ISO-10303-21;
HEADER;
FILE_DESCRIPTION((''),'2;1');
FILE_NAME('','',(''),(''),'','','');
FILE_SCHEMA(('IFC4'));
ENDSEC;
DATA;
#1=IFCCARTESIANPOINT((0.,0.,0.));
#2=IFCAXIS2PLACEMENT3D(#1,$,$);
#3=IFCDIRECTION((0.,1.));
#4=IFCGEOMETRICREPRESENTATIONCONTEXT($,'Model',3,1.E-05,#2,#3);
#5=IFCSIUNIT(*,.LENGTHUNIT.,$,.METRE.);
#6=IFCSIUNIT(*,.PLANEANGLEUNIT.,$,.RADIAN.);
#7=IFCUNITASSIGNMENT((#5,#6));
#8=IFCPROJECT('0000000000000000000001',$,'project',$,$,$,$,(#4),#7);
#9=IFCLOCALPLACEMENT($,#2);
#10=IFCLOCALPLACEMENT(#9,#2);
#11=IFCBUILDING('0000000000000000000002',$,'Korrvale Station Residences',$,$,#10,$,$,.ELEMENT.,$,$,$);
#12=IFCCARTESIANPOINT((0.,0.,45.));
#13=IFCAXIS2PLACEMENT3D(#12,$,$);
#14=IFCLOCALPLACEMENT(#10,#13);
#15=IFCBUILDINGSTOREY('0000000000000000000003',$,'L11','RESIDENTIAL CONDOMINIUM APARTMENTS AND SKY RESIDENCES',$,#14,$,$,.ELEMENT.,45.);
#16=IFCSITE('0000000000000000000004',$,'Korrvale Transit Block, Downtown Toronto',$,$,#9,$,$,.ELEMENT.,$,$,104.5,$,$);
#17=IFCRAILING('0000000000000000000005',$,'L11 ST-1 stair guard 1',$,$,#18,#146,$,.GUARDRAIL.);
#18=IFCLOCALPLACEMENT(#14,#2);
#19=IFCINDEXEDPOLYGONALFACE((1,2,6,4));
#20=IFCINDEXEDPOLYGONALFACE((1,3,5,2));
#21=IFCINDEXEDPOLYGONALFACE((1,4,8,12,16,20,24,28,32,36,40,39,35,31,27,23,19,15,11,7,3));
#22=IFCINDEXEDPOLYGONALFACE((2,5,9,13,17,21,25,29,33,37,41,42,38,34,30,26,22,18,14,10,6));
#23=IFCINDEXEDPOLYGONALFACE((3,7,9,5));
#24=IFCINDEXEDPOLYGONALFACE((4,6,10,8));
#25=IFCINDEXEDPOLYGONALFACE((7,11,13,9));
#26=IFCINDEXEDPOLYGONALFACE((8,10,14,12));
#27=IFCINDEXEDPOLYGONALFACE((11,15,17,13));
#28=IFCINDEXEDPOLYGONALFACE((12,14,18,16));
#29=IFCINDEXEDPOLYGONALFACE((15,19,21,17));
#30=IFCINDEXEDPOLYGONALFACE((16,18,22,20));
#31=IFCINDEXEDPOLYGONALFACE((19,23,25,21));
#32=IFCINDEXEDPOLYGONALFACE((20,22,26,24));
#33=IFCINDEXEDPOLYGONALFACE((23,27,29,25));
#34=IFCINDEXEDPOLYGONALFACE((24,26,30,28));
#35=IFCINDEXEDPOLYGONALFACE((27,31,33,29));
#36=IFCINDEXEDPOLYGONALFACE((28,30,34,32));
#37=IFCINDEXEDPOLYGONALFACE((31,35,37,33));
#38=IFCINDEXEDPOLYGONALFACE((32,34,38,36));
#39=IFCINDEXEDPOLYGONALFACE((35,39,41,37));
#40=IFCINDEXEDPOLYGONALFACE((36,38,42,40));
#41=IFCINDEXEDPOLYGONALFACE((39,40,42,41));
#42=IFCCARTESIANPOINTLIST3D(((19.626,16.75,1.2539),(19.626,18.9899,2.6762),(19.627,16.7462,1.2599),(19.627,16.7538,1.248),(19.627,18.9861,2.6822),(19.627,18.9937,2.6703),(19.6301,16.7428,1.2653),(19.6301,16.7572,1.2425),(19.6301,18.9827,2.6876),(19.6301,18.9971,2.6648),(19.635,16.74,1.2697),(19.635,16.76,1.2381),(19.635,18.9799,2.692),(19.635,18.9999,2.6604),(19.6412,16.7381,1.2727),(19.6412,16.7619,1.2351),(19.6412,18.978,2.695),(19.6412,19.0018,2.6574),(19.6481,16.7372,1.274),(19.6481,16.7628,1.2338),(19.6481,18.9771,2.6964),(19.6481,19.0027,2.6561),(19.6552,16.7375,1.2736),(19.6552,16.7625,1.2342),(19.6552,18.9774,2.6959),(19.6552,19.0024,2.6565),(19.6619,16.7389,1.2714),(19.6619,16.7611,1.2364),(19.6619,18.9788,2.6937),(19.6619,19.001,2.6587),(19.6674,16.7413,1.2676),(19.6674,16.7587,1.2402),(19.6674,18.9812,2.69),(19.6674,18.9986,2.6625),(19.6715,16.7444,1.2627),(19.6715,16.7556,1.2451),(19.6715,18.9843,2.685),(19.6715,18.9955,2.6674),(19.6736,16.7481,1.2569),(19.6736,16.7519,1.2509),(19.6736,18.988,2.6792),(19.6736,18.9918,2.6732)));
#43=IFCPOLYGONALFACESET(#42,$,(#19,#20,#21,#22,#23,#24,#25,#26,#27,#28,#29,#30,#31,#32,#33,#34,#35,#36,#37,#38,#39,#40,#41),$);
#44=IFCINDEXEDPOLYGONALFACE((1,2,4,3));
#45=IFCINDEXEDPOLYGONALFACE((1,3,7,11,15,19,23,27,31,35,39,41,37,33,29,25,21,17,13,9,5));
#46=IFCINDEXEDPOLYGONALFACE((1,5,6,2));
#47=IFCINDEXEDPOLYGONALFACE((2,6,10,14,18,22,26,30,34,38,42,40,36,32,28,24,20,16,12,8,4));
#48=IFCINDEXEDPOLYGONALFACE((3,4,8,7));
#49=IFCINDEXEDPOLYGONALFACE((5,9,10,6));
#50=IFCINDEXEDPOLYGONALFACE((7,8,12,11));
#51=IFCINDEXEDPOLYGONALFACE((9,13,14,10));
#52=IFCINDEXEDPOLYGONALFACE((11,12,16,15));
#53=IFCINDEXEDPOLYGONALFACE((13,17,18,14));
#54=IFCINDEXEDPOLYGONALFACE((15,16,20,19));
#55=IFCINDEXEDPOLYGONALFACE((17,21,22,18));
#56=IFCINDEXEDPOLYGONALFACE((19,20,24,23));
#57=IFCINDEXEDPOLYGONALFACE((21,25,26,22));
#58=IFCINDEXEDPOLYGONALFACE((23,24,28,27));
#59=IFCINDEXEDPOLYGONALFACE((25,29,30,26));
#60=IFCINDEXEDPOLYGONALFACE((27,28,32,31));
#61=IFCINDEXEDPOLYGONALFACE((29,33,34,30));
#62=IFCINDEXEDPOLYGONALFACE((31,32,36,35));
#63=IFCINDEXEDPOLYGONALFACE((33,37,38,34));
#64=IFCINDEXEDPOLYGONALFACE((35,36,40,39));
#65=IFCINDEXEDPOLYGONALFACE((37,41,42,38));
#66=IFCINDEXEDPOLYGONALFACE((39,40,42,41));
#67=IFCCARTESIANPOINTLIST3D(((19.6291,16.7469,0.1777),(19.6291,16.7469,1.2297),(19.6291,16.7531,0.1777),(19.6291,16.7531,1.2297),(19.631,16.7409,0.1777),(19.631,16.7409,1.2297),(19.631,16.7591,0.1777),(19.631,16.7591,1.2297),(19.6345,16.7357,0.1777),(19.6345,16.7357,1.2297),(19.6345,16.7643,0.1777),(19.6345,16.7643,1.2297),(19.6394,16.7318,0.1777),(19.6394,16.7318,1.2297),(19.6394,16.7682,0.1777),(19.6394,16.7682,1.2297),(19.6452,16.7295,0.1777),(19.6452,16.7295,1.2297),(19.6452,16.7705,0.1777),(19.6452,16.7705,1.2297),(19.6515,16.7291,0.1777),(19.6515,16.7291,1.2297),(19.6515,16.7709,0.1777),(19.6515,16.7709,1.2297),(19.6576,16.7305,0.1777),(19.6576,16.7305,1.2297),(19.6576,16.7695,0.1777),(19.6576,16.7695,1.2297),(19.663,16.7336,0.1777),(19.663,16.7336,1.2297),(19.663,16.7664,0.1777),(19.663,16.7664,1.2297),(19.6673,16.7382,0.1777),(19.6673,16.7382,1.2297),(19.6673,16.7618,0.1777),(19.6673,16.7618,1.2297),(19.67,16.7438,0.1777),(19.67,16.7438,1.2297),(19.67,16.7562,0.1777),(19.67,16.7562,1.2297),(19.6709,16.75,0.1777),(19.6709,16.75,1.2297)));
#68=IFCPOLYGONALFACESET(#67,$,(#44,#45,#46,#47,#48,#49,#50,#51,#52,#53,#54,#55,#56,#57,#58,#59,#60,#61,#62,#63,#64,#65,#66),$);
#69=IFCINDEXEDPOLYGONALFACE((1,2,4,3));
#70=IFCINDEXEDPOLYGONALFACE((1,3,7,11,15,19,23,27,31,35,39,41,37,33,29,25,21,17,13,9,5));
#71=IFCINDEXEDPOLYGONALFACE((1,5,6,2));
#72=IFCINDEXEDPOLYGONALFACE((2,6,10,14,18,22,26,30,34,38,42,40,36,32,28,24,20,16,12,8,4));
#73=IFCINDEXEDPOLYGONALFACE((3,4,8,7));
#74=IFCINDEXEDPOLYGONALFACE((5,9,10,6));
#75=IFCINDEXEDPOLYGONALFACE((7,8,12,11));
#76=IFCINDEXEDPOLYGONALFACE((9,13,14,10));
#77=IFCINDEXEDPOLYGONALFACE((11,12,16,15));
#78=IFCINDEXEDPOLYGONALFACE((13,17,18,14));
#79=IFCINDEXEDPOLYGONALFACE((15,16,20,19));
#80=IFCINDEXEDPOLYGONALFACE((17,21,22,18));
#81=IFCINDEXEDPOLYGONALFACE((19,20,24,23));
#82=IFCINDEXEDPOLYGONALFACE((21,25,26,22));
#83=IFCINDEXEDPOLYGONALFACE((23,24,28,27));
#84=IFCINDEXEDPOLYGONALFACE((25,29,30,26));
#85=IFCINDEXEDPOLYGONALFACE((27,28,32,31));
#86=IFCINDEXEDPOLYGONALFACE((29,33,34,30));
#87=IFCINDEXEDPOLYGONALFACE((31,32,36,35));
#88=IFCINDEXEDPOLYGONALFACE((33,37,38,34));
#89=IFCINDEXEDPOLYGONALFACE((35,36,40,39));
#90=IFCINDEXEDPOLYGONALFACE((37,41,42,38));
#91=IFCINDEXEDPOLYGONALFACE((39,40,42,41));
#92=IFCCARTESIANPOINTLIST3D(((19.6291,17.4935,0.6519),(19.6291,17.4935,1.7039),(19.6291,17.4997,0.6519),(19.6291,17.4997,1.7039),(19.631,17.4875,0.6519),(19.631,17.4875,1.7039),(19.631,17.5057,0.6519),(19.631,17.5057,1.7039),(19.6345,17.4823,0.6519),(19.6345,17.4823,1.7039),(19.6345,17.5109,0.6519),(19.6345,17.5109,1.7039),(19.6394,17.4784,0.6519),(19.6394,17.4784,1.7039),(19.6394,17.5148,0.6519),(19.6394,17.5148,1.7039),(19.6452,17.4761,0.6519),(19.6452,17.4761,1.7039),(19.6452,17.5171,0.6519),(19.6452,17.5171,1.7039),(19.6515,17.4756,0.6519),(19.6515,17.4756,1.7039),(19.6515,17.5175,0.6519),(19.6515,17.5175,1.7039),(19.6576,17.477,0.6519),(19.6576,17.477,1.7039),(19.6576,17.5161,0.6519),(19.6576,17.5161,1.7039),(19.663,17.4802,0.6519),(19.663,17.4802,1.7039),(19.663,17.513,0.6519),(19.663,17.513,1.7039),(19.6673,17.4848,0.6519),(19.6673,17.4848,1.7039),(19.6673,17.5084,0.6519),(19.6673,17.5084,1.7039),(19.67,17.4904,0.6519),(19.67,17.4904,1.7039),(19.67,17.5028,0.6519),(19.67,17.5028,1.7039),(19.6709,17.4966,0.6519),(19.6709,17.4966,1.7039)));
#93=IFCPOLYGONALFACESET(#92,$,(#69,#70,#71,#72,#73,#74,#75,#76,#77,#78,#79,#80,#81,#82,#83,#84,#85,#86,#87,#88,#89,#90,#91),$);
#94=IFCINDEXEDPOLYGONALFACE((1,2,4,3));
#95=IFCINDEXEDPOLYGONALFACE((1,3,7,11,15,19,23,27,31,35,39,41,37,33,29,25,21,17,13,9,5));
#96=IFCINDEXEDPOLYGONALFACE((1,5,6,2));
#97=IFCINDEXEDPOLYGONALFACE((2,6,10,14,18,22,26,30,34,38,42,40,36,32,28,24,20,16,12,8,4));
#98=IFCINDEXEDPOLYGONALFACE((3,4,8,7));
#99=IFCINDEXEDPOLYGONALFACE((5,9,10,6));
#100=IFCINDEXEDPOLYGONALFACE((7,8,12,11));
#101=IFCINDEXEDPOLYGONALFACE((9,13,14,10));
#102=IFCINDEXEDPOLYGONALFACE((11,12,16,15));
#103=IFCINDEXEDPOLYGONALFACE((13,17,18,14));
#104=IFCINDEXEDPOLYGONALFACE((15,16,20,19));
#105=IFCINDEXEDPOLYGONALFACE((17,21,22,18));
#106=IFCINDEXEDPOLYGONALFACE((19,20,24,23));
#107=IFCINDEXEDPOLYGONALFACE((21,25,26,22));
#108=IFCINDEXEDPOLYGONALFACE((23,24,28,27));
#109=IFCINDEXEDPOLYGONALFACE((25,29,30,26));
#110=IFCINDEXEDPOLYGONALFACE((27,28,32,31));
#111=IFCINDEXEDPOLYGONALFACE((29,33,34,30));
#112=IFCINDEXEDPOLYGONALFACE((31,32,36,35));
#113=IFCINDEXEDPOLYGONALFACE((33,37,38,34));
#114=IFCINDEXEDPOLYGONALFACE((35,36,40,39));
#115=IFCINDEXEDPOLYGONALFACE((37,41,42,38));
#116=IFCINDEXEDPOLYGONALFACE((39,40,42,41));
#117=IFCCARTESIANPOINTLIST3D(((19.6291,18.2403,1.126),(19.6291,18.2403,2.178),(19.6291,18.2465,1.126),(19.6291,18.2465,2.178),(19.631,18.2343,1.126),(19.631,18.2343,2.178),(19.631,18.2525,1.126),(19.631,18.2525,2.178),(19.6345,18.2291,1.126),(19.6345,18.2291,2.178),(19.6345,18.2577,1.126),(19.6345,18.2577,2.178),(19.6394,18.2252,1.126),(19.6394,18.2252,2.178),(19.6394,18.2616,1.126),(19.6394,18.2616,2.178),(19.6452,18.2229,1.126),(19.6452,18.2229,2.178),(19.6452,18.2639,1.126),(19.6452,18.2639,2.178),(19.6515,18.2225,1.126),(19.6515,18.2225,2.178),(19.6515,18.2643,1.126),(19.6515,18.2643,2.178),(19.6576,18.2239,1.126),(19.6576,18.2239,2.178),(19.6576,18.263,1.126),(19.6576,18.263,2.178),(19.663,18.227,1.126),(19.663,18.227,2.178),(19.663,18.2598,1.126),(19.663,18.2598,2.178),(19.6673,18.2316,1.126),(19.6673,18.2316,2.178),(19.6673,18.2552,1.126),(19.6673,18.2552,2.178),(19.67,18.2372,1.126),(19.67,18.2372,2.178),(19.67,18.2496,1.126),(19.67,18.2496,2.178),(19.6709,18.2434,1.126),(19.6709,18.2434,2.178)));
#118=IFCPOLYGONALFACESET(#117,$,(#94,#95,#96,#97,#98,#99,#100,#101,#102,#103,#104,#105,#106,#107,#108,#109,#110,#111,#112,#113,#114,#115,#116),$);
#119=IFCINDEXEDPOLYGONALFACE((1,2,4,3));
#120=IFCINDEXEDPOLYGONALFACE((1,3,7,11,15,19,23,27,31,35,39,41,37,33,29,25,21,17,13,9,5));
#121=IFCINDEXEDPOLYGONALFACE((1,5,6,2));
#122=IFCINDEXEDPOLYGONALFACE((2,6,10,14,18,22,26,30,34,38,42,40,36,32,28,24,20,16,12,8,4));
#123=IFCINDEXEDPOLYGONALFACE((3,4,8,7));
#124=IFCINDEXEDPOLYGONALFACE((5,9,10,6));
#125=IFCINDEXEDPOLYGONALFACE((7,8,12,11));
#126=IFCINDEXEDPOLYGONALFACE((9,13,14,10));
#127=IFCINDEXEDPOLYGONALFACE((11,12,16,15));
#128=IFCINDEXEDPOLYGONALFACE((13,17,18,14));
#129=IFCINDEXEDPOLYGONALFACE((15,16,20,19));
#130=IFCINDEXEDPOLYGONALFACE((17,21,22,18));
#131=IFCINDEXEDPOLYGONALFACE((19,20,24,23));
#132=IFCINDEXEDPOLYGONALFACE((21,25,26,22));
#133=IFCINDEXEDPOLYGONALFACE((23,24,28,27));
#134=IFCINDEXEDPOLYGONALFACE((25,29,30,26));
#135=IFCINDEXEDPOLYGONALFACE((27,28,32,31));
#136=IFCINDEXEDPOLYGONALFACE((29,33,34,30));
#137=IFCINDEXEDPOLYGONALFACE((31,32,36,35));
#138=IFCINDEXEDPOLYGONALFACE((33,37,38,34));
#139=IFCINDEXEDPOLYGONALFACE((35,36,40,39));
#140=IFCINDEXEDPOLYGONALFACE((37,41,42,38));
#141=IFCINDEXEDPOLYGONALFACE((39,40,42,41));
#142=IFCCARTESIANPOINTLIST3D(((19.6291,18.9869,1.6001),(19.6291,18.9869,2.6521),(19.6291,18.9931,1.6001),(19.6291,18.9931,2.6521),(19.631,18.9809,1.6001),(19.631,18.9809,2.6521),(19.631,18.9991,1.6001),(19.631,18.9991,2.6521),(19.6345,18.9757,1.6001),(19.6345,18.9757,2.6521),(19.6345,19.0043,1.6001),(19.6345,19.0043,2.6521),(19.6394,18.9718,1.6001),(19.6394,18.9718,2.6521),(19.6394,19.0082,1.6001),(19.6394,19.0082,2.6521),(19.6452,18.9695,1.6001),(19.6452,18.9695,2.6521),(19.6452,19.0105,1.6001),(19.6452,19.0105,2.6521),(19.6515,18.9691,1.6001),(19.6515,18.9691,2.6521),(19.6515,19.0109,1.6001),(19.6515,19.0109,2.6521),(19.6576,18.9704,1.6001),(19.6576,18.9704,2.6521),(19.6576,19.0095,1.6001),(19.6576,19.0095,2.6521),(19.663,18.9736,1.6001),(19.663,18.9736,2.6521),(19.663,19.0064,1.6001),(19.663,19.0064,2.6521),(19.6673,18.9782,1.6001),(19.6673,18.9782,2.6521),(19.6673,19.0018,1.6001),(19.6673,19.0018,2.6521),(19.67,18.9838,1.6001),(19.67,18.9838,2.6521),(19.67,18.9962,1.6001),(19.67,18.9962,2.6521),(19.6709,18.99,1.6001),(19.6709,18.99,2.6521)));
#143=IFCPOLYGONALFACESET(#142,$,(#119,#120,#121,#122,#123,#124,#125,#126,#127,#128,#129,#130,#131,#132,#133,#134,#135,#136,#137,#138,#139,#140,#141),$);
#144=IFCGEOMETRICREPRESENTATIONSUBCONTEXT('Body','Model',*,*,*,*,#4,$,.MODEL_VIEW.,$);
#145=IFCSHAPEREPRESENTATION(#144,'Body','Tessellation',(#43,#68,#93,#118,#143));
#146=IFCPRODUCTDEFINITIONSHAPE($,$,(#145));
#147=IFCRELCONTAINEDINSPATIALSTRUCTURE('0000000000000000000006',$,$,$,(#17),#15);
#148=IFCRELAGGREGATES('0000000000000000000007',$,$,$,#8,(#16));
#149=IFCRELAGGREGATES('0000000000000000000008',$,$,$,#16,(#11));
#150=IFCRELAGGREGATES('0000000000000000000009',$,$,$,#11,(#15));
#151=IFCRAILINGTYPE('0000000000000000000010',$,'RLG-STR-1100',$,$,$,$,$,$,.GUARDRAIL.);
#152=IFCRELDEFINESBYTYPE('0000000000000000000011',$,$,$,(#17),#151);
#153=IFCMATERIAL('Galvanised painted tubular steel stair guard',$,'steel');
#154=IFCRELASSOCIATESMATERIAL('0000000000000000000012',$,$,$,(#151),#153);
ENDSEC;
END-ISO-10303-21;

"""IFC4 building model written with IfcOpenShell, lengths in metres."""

from ifc_helpers import new_model, si_unit, direction, frame, origin, origin_2d, place, context, subcontext, project, spatial, circle, extrude, material, type_object, element, save


model = new_model("IFC4")

# Units and contexts
model_context = context("Model", 3, precision=1e-05, world=origin(), true_north=direction((0.0, 1.0)))
body_context = subcontext(model_context, "Body", "Model", "MODEL_VIEW")
ifc_project = project(units=[si_unit("LENGTHUNIT", "METRE"), si_unit("PLANEANGLEUNIT", "RADIAN")], contexts=[model_context])

# Site, building, storey
site_placement = place(None, origin())
site = spatial("IfcSite", under=ifc_project, at=site_placement, Name="Korrvale Transit Block, Downtown Toronto", CompositionType="ELEMENT", RefElevation=104.5)
building_placement = place(site_placement, origin())
building = spatial("IfcBuilding", under=site, at=building_placement, Name="Korrvale Station Residences", CompositionType="ELEMENT")
storey_placement = place(building_placement, frame((0.0, 0.0, 45.0)))
storey = spatial("IfcBuildingStorey", under=building, at=storey_placement, Name="L11", Description="RESIDENTIAL CONDOMINIUM APARTMENTS AND SKY RESIDENCES", CompositionType="ELEMENT", Elevation=45.0)

# Railing
ifc_material_1 = material(Name="Galvanised painted tubular steel stair guard", Category="steel")
railing_type_1 = type_object("IfcRailingType", Name="RLG-STR-1100", PredefinedType="GUARDRAIL", material=ifc_material_1)
railing_1_placement = place(storey_placement, frame((19.6499, 16.75, 0.1777)))
element("IfcRailing", 1, at=railing_1_placement, inside=storey, type_object=railing_type_1, Name="L11 ST-1 stair guard 1", PredefinedType="GUARDRAIL", context=body_context, shape_type="SweptSolid", body=[
    extrude(circle(Radius=0.0239, at=origin_2d()), frame((0.0, 0.0, 1.0762), z_axis=(0.0, 0.844188, 0.536048), x_axis=(-1.0, 0.0, 0.0)), (0.0, 0.0, 1.0), 2.6533),
    extrude(circle(Radius=0.021, at=origin_2d()), origin(), (0.0, 0.0, 1.0), 1.052),
    extrude(circle(Radius=0.021, at=origin_2d()), frame((0.0, 0.7466, 0.4741)), (0.0, 0.0, 1.0), 1.052),
    extrude(circle(Radius=0.021, at=origin_2d()), frame((0.0, 1.4934, 0.9482)), (0.0, 0.0, 1.0), 1.052),
    extrude(circle(Radius=0.021, at=origin_2d()), frame((0.0, 2.24, 1.4224)), (0.0, 0.0, 1.0), 1.052),
])

save(model, "model.ifc")
